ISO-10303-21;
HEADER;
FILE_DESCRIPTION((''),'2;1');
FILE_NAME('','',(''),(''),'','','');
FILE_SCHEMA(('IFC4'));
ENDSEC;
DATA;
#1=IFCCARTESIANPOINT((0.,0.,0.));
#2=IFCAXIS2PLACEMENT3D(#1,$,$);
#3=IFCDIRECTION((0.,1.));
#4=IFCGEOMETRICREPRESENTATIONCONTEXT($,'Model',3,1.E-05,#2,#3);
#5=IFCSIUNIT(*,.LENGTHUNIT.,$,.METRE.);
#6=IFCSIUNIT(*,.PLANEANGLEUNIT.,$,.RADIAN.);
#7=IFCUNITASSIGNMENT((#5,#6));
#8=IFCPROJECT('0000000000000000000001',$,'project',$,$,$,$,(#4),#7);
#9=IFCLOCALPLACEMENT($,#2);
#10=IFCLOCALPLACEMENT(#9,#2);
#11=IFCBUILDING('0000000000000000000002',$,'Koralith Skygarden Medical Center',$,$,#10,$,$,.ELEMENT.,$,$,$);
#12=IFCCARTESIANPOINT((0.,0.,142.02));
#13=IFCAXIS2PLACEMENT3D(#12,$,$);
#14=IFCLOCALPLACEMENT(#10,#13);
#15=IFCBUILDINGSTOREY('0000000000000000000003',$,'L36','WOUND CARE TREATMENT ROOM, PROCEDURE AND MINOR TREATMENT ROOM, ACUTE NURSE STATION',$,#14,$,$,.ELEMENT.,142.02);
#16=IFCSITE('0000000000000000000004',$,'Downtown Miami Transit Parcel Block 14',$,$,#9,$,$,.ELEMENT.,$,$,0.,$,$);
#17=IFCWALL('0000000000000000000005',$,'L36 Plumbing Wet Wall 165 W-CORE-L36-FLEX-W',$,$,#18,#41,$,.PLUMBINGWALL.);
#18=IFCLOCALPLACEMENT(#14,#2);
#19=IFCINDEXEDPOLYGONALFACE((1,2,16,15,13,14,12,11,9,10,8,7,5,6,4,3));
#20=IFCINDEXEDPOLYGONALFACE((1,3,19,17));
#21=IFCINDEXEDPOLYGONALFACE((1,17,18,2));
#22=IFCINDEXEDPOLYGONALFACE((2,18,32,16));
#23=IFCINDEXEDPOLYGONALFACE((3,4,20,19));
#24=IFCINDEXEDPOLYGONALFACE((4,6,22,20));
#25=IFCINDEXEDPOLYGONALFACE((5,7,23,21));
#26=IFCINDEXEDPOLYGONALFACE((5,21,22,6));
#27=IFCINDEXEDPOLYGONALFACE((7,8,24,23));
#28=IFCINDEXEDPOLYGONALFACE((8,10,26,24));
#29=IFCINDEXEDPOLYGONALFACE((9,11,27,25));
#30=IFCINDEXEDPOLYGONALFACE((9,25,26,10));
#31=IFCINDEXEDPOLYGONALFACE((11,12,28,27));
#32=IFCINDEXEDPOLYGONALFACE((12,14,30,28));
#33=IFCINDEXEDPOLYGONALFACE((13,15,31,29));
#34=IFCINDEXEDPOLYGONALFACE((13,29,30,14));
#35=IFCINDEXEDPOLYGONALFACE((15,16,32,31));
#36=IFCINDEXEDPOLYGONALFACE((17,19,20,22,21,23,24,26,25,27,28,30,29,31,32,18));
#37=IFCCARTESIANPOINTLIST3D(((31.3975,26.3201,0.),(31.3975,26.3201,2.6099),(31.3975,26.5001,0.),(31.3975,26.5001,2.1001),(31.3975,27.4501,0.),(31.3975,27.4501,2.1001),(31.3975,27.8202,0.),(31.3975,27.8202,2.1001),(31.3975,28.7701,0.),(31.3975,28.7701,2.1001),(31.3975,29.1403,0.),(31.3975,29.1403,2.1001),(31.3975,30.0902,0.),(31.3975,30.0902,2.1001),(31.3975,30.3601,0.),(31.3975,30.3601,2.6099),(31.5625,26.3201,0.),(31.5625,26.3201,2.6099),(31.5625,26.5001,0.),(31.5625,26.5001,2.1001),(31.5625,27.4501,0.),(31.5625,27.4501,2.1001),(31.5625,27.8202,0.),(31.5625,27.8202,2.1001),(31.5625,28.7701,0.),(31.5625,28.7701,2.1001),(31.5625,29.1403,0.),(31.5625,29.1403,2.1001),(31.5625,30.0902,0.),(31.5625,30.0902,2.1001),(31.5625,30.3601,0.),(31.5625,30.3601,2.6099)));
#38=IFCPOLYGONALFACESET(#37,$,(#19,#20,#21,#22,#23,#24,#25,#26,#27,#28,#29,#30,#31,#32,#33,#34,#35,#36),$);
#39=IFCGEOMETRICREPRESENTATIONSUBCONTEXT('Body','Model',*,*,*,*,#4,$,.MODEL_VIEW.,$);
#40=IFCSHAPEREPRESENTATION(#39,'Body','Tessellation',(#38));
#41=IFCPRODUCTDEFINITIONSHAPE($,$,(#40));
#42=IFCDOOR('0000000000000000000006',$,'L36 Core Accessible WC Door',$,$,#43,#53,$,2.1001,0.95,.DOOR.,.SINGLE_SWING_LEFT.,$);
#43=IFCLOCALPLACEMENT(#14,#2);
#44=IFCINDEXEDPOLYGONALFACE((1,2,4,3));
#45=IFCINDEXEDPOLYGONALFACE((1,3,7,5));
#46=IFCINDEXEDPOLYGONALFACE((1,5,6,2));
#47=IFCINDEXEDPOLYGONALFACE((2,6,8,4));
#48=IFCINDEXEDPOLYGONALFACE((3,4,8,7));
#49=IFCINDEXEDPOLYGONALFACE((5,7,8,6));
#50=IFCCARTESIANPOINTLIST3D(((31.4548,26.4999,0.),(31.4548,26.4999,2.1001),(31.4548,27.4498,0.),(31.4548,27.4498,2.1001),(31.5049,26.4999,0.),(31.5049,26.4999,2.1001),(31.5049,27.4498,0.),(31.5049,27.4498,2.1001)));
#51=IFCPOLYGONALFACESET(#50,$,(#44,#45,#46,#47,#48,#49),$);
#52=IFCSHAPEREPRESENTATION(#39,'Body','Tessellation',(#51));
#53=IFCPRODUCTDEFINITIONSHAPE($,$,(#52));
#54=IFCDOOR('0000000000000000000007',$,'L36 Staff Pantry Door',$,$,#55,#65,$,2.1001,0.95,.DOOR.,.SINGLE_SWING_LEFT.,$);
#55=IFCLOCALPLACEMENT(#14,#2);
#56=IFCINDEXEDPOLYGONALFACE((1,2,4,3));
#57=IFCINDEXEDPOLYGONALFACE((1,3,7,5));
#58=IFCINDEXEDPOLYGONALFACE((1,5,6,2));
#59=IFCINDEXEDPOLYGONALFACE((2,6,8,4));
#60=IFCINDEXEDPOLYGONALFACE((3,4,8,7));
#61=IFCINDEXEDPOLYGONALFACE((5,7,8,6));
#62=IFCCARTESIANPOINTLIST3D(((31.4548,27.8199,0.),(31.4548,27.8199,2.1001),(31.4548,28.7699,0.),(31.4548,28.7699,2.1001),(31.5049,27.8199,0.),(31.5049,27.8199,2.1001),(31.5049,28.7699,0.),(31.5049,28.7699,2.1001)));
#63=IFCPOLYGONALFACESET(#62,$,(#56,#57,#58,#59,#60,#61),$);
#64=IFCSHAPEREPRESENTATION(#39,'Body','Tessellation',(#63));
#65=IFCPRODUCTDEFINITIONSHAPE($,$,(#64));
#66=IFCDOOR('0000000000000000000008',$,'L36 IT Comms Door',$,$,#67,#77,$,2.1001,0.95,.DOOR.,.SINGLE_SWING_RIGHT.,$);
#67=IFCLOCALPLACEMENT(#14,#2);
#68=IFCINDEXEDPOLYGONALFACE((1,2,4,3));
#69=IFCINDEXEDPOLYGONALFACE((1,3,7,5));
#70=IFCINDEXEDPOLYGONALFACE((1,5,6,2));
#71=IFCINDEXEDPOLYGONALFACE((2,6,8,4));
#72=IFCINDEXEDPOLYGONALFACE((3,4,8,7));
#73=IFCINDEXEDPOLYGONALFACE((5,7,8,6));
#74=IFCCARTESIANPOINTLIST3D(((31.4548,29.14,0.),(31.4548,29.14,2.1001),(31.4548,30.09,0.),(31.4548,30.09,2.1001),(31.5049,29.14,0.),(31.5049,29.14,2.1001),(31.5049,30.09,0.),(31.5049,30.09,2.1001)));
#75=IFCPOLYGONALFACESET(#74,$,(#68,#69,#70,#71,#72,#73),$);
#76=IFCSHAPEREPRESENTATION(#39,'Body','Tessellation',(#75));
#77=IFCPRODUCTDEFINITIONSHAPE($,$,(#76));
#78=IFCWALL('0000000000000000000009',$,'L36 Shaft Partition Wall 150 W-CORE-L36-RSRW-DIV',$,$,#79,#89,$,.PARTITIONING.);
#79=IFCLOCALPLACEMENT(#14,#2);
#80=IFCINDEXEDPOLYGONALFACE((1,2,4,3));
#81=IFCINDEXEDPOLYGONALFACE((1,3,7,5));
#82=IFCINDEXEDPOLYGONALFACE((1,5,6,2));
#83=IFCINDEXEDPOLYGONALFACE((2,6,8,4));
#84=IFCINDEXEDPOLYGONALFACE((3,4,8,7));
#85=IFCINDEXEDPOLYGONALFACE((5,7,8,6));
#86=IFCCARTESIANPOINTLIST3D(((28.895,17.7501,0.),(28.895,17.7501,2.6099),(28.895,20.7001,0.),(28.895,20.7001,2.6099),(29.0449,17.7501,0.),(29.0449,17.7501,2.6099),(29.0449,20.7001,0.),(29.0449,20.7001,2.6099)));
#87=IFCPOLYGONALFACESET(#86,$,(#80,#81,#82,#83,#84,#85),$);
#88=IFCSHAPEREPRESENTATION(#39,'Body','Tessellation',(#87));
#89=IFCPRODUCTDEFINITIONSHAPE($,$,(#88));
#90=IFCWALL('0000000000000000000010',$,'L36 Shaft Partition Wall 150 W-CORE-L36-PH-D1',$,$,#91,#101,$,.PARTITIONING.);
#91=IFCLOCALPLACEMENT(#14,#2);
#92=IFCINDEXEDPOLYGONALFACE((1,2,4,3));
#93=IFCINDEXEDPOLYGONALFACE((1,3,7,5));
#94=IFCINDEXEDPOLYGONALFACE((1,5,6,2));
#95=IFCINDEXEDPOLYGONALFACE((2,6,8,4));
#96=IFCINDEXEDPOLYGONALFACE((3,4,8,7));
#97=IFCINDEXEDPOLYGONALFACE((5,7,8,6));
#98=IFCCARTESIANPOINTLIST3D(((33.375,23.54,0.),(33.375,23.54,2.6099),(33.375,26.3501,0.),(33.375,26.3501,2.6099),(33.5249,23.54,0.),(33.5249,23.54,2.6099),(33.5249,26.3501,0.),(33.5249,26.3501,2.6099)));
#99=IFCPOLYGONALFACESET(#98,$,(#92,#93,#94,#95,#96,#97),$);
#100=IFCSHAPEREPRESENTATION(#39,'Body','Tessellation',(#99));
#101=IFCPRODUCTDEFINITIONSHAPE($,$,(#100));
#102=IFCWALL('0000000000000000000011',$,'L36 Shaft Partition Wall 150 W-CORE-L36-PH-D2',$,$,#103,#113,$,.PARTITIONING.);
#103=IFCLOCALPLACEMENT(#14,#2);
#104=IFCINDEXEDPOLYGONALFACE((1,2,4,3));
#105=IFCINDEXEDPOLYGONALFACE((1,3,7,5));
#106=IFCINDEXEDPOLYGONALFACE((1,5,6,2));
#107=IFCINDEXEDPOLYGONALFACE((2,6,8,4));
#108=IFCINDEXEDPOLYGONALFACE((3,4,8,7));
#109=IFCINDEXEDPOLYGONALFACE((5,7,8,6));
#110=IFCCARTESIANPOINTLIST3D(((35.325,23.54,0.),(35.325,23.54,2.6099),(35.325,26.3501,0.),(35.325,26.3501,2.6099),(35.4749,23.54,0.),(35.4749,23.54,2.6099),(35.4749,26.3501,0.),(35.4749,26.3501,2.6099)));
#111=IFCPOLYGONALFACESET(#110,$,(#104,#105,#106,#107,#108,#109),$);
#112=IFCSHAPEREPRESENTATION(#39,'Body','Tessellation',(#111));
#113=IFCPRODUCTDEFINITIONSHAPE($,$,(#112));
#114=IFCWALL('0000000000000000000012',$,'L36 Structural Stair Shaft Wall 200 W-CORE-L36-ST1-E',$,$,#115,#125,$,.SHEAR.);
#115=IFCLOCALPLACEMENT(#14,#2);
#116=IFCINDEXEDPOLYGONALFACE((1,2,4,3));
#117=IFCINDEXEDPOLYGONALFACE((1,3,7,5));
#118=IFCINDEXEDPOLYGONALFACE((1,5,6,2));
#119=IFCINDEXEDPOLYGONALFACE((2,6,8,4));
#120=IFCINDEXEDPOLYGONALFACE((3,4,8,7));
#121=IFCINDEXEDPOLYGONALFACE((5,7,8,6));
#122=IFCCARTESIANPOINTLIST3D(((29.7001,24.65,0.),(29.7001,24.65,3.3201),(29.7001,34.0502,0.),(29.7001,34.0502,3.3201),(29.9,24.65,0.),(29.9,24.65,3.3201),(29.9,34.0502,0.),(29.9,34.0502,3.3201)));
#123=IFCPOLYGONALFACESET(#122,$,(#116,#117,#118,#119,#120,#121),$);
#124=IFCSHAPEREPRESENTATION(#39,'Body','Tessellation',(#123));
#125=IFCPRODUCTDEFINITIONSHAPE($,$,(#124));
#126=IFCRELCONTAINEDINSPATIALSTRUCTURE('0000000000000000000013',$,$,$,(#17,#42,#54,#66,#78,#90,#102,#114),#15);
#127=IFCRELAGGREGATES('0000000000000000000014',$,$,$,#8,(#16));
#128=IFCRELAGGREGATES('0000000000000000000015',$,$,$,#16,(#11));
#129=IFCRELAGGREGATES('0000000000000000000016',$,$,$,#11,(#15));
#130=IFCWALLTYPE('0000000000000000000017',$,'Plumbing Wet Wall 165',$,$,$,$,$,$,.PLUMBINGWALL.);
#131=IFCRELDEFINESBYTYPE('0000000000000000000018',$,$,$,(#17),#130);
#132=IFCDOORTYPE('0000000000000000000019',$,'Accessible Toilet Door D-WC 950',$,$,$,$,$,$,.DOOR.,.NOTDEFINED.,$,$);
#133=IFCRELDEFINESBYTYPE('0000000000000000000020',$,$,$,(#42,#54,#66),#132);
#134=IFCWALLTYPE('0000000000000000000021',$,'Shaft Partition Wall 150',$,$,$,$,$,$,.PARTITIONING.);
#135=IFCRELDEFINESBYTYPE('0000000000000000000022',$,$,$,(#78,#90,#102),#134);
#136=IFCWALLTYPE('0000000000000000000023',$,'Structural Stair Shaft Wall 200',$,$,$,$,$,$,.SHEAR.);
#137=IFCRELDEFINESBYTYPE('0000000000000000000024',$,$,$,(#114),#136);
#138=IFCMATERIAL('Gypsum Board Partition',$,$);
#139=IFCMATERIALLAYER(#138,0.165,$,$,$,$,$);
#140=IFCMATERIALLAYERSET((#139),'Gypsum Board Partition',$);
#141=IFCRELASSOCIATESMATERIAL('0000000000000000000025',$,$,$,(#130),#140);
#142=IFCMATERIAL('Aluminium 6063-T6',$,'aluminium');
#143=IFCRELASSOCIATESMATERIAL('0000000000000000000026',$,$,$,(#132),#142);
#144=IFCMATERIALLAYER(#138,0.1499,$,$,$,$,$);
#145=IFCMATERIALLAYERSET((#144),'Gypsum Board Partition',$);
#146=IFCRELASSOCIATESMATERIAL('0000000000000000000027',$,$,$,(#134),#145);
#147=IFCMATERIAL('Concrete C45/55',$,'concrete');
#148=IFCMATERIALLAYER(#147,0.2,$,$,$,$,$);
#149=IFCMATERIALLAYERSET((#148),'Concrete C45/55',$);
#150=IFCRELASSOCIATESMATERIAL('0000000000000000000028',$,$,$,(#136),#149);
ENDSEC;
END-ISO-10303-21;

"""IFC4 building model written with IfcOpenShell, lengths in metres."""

from ifc_helpers import new_model, si_unit, direction, frame, frame_2d, origin, place, context, subcontext, project, spatial, rectangle, extrude, material, layer, layer_set, type_object, element, fill, save


model = new_model("IFC4")

# Units and contexts
model_context = context("Model", 3, precision=1e-05, world=origin(), true_north=direction((0.0, 1.0)))
body_context = subcontext(model_context, "Body", "Model", "MODEL_VIEW")
ifc_project = project(units=[si_unit("LENGTHUNIT", "METRE"), si_unit("PLANEANGLEUNIT", "RADIAN")], contexts=[model_context])

# Site, building, storey
site_placement = place(None, origin())
site = spatial("IfcSite", under=ifc_project, at=site_placement, Name="Downtown Miami Transit Parcel Block 14", CompositionType="ELEMENT", RefElevation=0.0)
building_placement = place(site_placement, origin())
building = spatial("IfcBuilding", under=site, at=building_placement, Name="Koralith Skygarden Medical Center", CompositionType="ELEMENT")
storey_placement = place(building_placement, frame((0.0, 0.0, 142.02)))
storey = spatial("IfcBuildingStorey", under=building, at=storey_placement, Name="L36", Description="WOUND CARE TREATMENT ROOM, PROCEDURE AND MINOR TREATMENT ROOM, ACUTE NURSE STATION", CompositionType="ELEMENT", Elevation=142.02)

# Shared definitions
ifc_material_1 = material(Name="Concrete C45/55", Category="concrete")

# Shared definitions
ifc_material_2 = material(Name="Gypsum Board Partition")
ifc_material_3 = material(Name="Aluminium 6063-T6", Category="aluminium")

# Wall, openings, doors
ifc_layer_1 = layer(ifc_material_2, 0.165)
ifc_layer_set_1 = layer_set([ifc_layer_1], Name="Gypsum Board Partition")
wall_type_1 = type_object("IfcWallType", Name="Plumbing Wet Wall 165", PredefinedType="PLUMBINGWALL", material=ifc_layer_set_1)
wall_1_placement = place(storey_placement, frame((31.48, 26.3201, 0.0), z_axis=(0.0, 0.0, 1.0), x_axis=(0.0, 1.0, 0.0)))
wall_1 = element("IfcWall", 1, at=wall_1_placement, inside=storey, type_object=wall_type_1, Name="L36 Plumbing Wet Wall 165 W-CORE-L36-FLEX-W", PredefinedType="PLUMBINGWALL", context=body_context, shape_type="SweptSolid", body=[
    extrude(rectangle(XDim=4.04, YDim=0.165, at=frame_2d((2.02, 0.0))), origin(), (0.0, 0.0, 1.0), 2.6099),
])
opening_1_placement = place(wall_1_placement, frame((0.1799, 0.0, 0.0)))
opening_1 = element("IfcOpeningElement", 2, at=opening_1_placement, cuts=wall_1, PredefinedType="OPENING", context=body_context, shape_type="SweptSolid", body=[
    extrude(rectangle(XDim=0.95, YDim=2.1001, at=frame_2d((0.4751, 1.05))), frame((0.0, 0.0925, 0.0), z_axis=(0.0, -1.0, 0.0), x_axis=(1.0, 0.0, 0.0)), (0.0, 0.0, 1.0), 0.1851),
])
opening_2_placement = place(wall_1_placement, frame((1.5, 0.0, 0.0)))
opening_2 = element("IfcOpeningElement", 3, at=opening_2_placement, cuts=wall_1, PredefinedType="OPENING", context=body_context, shape_type="SweptSolid", body=[
    extrude(rectangle(XDim=0.95, YDim=2.1001, at=frame_2d((0.4751, 1.05))), frame((0.0, 0.0925, 0.0), z_axis=(0.0, -1.0, 0.0), x_axis=(1.0, 0.0, 0.0)), (0.0, 0.0, 1.0), 0.1851),
])
opening_3_placement = place(wall_1_placement, frame((2.8201, 0.0, 0.0)))
opening_3 = element("IfcOpeningElement", 4, at=opening_3_placement, cuts=wall_1, PredefinedType="OPENING", context=body_context, shape_type="SweptSolid", body=[
    extrude(rectangle(XDim=0.95, YDim=2.1001, at=frame_2d((0.4751, 1.05))), frame((0.0, 0.0925, 0.0), z_axis=(0.0, -1.0, 0.0), x_axis=(1.0, 0.0, 0.0)), (0.0, 0.0, 1.0), 0.1851),
])
door_type_1 = type_object("IfcDoorType", Name="Accessible Toilet Door D-WC 950", OperationType="NOTDEFINED", PredefinedType="DOOR", material=ifc_material_3)
door_1_placement = place(opening_1_placement, frame((0.95, 0.0, 0.0), z_axis=(0.0, 0.0, 1.0), x_axis=(-1.0, 0.0, 0.0)))
door_1 = element("IfcDoor", 5, at=door_1_placement, inside=storey, type_object=door_type_1, Name="L36 Core Accessible WC Door", OperationType="SINGLE_SWING_LEFT", OverallHeight=2.1001, OverallWidth=0.95, PredefinedType="DOOR", context=body_context, shape_type="SweptSolid", body=[
    extrude(rectangle(XDim=0.95, YDim=2.1001, at=frame_2d((0.4751, 1.05))), frame((0.0, 0.0249, 0.0), z_axis=(0.0, -1.0, 0.0), x_axis=(1.0, 0.0, 0.0)), (0.0, 0.0, 1.0), 0.05),
])
fill(opening_1, door_1)
door_2_placement = place(opening_2_placement, frame((0.95, 0.0, 0.0), z_axis=(0.0, 0.0, 1.0), x_axis=(-1.0, 0.0, 0.0)))
door_2 = element("IfcDoor", 6, at=door_2_placement, inside=storey, type_object=door_type_1, Name="L36 Staff Pantry Door", OperationType="SINGLE_SWING_LEFT", OverallHeight=2.1001, OverallWidth=0.95, PredefinedType="DOOR", context=body_context, shape_type="SweptSolid", body=[
    extrude(rectangle(XDim=0.95, YDim=2.1001, at=frame_2d((0.4751, 1.05))), frame((0.0, 0.0249, 0.0), z_axis=(0.0, -1.0, 0.0), x_axis=(1.0, 0.0, 0.0)), (0.0, 0.0, 1.0), 0.05),
])
fill(opening_2, door_2)
door_3_placement = place(opening_3_placement, frame((0.95, 0.0, 0.0), z_axis=(0.0, 0.0, 1.0), x_axis=(-1.0, 0.0, 0.0)))
door_3 = element("IfcDoor", 7, at=door_3_placement, inside=storey, type_object=door_type_1, Name="L36 IT Comms Door", OperationType="SINGLE_SWING_RIGHT", OverallHeight=2.1001, OverallWidth=0.95, PredefinedType="DOOR", context=body_context, shape_type="SweptSolid", body=[
    extrude(rectangle(XDim=0.95, YDim=2.1001, at=frame_2d((0.4751, 1.05))), frame((0.0, 0.0249, 0.0), z_axis=(0.0, -1.0, 0.0), x_axis=(1.0, 0.0, 0.0)), (0.0, 0.0, 1.0), 0.05),
])
fill(opening_3, door_3)

# Walls
ifc_layer_2 = layer(ifc_material_2, 0.1499)
ifc_layer_set_2 = layer_set([ifc_layer_2], Name="Gypsum Board Partition")
wall_type_2 = type_object("IfcWallType", Name="Shaft Partition Wall 150", PredefinedType="PARTITIONING", material=ifc_layer_set_2)
wall_2_placement = place(storey_placement, frame((28.97, 17.75, 0.0), z_axis=(0.0, 0.0, 1.0), x_axis=(0.0, 1.0, 0.0)))
element("IfcWall", 8, at=wall_2_placement, inside=storey, type_object=wall_type_2, Name="L36 Shaft Partition Wall 150 W-CORE-L36-RSRW-DIV", PredefinedType="PARTITIONING", context=body_context, shape_type="SweptSolid", body=[
    extrude(rectangle(XDim=2.95, YDim=0.1499, at=frame_2d((1.4751, 0.0))), origin(), (0.0, 0.0, 1.0), 2.6099),
])
for number, where, z_axis, x_axis, name in (
    (9, (33.45, 23.54, 0.0), (0.0, 0.0, 1.0), (0.0, 1.0, 0.0), "L36 Shaft Partition Wall 150 W-CORE-L36-PH-D1"),
    (10, (35.3999, 23.54, 0.0), (0.0, 0.0, 1.0), (0.0, 1.0, 0.0), "L36 Shaft Partition Wall 150 W-CORE-L36-PH-D2"),
):
    element("IfcWall", number, at=place(storey_placement, frame(where, z_axis=z_axis, x_axis=x_axis)), inside=storey, type_object=wall_type_2, Name=name, PredefinedType="PARTITIONING", context=body_context, shape_type="SweptSolid", body=[
        extrude(rectangle(XDim=2.8101, YDim=0.1499, at=frame_2d((1.405, 0.0))), origin(), (0.0, 0.0, 1.0), 2.6099),
    ])
ifc_layer_3 = layer(ifc_material_1, 0.2)
ifc_layer_set_3 = layer_set([ifc_layer_3], Name="Concrete C45/55")
wall_type_3 = type_object("IfcWallType", Name="Structural Stair Shaft Wall 200", PredefinedType="SHEAR", material=ifc_layer_set_3)
wall_3_placement = place(storey_placement, frame((29.8, 24.6499, 0.0), z_axis=(0.0, 0.0, 1.0), x_axis=(0.0, 1.0, 0.0)))
element("IfcWall", 11, at=wall_3_placement, inside=storey, type_object=wall_type_3, Name="L36 Structural Stair Shaft Wall 200 W-CORE-L36-ST1-E", PredefinedType="SHEAR", context=body_context, shape_type="SweptSolid", body=[
    extrude(rectangle(XDim=9.4001, YDim=0.2, at=frame_2d((4.7002, 0.0))), origin(), (0.0, 0.0, 1.0), 3.3201),
])

save(model, "model.ifc")
